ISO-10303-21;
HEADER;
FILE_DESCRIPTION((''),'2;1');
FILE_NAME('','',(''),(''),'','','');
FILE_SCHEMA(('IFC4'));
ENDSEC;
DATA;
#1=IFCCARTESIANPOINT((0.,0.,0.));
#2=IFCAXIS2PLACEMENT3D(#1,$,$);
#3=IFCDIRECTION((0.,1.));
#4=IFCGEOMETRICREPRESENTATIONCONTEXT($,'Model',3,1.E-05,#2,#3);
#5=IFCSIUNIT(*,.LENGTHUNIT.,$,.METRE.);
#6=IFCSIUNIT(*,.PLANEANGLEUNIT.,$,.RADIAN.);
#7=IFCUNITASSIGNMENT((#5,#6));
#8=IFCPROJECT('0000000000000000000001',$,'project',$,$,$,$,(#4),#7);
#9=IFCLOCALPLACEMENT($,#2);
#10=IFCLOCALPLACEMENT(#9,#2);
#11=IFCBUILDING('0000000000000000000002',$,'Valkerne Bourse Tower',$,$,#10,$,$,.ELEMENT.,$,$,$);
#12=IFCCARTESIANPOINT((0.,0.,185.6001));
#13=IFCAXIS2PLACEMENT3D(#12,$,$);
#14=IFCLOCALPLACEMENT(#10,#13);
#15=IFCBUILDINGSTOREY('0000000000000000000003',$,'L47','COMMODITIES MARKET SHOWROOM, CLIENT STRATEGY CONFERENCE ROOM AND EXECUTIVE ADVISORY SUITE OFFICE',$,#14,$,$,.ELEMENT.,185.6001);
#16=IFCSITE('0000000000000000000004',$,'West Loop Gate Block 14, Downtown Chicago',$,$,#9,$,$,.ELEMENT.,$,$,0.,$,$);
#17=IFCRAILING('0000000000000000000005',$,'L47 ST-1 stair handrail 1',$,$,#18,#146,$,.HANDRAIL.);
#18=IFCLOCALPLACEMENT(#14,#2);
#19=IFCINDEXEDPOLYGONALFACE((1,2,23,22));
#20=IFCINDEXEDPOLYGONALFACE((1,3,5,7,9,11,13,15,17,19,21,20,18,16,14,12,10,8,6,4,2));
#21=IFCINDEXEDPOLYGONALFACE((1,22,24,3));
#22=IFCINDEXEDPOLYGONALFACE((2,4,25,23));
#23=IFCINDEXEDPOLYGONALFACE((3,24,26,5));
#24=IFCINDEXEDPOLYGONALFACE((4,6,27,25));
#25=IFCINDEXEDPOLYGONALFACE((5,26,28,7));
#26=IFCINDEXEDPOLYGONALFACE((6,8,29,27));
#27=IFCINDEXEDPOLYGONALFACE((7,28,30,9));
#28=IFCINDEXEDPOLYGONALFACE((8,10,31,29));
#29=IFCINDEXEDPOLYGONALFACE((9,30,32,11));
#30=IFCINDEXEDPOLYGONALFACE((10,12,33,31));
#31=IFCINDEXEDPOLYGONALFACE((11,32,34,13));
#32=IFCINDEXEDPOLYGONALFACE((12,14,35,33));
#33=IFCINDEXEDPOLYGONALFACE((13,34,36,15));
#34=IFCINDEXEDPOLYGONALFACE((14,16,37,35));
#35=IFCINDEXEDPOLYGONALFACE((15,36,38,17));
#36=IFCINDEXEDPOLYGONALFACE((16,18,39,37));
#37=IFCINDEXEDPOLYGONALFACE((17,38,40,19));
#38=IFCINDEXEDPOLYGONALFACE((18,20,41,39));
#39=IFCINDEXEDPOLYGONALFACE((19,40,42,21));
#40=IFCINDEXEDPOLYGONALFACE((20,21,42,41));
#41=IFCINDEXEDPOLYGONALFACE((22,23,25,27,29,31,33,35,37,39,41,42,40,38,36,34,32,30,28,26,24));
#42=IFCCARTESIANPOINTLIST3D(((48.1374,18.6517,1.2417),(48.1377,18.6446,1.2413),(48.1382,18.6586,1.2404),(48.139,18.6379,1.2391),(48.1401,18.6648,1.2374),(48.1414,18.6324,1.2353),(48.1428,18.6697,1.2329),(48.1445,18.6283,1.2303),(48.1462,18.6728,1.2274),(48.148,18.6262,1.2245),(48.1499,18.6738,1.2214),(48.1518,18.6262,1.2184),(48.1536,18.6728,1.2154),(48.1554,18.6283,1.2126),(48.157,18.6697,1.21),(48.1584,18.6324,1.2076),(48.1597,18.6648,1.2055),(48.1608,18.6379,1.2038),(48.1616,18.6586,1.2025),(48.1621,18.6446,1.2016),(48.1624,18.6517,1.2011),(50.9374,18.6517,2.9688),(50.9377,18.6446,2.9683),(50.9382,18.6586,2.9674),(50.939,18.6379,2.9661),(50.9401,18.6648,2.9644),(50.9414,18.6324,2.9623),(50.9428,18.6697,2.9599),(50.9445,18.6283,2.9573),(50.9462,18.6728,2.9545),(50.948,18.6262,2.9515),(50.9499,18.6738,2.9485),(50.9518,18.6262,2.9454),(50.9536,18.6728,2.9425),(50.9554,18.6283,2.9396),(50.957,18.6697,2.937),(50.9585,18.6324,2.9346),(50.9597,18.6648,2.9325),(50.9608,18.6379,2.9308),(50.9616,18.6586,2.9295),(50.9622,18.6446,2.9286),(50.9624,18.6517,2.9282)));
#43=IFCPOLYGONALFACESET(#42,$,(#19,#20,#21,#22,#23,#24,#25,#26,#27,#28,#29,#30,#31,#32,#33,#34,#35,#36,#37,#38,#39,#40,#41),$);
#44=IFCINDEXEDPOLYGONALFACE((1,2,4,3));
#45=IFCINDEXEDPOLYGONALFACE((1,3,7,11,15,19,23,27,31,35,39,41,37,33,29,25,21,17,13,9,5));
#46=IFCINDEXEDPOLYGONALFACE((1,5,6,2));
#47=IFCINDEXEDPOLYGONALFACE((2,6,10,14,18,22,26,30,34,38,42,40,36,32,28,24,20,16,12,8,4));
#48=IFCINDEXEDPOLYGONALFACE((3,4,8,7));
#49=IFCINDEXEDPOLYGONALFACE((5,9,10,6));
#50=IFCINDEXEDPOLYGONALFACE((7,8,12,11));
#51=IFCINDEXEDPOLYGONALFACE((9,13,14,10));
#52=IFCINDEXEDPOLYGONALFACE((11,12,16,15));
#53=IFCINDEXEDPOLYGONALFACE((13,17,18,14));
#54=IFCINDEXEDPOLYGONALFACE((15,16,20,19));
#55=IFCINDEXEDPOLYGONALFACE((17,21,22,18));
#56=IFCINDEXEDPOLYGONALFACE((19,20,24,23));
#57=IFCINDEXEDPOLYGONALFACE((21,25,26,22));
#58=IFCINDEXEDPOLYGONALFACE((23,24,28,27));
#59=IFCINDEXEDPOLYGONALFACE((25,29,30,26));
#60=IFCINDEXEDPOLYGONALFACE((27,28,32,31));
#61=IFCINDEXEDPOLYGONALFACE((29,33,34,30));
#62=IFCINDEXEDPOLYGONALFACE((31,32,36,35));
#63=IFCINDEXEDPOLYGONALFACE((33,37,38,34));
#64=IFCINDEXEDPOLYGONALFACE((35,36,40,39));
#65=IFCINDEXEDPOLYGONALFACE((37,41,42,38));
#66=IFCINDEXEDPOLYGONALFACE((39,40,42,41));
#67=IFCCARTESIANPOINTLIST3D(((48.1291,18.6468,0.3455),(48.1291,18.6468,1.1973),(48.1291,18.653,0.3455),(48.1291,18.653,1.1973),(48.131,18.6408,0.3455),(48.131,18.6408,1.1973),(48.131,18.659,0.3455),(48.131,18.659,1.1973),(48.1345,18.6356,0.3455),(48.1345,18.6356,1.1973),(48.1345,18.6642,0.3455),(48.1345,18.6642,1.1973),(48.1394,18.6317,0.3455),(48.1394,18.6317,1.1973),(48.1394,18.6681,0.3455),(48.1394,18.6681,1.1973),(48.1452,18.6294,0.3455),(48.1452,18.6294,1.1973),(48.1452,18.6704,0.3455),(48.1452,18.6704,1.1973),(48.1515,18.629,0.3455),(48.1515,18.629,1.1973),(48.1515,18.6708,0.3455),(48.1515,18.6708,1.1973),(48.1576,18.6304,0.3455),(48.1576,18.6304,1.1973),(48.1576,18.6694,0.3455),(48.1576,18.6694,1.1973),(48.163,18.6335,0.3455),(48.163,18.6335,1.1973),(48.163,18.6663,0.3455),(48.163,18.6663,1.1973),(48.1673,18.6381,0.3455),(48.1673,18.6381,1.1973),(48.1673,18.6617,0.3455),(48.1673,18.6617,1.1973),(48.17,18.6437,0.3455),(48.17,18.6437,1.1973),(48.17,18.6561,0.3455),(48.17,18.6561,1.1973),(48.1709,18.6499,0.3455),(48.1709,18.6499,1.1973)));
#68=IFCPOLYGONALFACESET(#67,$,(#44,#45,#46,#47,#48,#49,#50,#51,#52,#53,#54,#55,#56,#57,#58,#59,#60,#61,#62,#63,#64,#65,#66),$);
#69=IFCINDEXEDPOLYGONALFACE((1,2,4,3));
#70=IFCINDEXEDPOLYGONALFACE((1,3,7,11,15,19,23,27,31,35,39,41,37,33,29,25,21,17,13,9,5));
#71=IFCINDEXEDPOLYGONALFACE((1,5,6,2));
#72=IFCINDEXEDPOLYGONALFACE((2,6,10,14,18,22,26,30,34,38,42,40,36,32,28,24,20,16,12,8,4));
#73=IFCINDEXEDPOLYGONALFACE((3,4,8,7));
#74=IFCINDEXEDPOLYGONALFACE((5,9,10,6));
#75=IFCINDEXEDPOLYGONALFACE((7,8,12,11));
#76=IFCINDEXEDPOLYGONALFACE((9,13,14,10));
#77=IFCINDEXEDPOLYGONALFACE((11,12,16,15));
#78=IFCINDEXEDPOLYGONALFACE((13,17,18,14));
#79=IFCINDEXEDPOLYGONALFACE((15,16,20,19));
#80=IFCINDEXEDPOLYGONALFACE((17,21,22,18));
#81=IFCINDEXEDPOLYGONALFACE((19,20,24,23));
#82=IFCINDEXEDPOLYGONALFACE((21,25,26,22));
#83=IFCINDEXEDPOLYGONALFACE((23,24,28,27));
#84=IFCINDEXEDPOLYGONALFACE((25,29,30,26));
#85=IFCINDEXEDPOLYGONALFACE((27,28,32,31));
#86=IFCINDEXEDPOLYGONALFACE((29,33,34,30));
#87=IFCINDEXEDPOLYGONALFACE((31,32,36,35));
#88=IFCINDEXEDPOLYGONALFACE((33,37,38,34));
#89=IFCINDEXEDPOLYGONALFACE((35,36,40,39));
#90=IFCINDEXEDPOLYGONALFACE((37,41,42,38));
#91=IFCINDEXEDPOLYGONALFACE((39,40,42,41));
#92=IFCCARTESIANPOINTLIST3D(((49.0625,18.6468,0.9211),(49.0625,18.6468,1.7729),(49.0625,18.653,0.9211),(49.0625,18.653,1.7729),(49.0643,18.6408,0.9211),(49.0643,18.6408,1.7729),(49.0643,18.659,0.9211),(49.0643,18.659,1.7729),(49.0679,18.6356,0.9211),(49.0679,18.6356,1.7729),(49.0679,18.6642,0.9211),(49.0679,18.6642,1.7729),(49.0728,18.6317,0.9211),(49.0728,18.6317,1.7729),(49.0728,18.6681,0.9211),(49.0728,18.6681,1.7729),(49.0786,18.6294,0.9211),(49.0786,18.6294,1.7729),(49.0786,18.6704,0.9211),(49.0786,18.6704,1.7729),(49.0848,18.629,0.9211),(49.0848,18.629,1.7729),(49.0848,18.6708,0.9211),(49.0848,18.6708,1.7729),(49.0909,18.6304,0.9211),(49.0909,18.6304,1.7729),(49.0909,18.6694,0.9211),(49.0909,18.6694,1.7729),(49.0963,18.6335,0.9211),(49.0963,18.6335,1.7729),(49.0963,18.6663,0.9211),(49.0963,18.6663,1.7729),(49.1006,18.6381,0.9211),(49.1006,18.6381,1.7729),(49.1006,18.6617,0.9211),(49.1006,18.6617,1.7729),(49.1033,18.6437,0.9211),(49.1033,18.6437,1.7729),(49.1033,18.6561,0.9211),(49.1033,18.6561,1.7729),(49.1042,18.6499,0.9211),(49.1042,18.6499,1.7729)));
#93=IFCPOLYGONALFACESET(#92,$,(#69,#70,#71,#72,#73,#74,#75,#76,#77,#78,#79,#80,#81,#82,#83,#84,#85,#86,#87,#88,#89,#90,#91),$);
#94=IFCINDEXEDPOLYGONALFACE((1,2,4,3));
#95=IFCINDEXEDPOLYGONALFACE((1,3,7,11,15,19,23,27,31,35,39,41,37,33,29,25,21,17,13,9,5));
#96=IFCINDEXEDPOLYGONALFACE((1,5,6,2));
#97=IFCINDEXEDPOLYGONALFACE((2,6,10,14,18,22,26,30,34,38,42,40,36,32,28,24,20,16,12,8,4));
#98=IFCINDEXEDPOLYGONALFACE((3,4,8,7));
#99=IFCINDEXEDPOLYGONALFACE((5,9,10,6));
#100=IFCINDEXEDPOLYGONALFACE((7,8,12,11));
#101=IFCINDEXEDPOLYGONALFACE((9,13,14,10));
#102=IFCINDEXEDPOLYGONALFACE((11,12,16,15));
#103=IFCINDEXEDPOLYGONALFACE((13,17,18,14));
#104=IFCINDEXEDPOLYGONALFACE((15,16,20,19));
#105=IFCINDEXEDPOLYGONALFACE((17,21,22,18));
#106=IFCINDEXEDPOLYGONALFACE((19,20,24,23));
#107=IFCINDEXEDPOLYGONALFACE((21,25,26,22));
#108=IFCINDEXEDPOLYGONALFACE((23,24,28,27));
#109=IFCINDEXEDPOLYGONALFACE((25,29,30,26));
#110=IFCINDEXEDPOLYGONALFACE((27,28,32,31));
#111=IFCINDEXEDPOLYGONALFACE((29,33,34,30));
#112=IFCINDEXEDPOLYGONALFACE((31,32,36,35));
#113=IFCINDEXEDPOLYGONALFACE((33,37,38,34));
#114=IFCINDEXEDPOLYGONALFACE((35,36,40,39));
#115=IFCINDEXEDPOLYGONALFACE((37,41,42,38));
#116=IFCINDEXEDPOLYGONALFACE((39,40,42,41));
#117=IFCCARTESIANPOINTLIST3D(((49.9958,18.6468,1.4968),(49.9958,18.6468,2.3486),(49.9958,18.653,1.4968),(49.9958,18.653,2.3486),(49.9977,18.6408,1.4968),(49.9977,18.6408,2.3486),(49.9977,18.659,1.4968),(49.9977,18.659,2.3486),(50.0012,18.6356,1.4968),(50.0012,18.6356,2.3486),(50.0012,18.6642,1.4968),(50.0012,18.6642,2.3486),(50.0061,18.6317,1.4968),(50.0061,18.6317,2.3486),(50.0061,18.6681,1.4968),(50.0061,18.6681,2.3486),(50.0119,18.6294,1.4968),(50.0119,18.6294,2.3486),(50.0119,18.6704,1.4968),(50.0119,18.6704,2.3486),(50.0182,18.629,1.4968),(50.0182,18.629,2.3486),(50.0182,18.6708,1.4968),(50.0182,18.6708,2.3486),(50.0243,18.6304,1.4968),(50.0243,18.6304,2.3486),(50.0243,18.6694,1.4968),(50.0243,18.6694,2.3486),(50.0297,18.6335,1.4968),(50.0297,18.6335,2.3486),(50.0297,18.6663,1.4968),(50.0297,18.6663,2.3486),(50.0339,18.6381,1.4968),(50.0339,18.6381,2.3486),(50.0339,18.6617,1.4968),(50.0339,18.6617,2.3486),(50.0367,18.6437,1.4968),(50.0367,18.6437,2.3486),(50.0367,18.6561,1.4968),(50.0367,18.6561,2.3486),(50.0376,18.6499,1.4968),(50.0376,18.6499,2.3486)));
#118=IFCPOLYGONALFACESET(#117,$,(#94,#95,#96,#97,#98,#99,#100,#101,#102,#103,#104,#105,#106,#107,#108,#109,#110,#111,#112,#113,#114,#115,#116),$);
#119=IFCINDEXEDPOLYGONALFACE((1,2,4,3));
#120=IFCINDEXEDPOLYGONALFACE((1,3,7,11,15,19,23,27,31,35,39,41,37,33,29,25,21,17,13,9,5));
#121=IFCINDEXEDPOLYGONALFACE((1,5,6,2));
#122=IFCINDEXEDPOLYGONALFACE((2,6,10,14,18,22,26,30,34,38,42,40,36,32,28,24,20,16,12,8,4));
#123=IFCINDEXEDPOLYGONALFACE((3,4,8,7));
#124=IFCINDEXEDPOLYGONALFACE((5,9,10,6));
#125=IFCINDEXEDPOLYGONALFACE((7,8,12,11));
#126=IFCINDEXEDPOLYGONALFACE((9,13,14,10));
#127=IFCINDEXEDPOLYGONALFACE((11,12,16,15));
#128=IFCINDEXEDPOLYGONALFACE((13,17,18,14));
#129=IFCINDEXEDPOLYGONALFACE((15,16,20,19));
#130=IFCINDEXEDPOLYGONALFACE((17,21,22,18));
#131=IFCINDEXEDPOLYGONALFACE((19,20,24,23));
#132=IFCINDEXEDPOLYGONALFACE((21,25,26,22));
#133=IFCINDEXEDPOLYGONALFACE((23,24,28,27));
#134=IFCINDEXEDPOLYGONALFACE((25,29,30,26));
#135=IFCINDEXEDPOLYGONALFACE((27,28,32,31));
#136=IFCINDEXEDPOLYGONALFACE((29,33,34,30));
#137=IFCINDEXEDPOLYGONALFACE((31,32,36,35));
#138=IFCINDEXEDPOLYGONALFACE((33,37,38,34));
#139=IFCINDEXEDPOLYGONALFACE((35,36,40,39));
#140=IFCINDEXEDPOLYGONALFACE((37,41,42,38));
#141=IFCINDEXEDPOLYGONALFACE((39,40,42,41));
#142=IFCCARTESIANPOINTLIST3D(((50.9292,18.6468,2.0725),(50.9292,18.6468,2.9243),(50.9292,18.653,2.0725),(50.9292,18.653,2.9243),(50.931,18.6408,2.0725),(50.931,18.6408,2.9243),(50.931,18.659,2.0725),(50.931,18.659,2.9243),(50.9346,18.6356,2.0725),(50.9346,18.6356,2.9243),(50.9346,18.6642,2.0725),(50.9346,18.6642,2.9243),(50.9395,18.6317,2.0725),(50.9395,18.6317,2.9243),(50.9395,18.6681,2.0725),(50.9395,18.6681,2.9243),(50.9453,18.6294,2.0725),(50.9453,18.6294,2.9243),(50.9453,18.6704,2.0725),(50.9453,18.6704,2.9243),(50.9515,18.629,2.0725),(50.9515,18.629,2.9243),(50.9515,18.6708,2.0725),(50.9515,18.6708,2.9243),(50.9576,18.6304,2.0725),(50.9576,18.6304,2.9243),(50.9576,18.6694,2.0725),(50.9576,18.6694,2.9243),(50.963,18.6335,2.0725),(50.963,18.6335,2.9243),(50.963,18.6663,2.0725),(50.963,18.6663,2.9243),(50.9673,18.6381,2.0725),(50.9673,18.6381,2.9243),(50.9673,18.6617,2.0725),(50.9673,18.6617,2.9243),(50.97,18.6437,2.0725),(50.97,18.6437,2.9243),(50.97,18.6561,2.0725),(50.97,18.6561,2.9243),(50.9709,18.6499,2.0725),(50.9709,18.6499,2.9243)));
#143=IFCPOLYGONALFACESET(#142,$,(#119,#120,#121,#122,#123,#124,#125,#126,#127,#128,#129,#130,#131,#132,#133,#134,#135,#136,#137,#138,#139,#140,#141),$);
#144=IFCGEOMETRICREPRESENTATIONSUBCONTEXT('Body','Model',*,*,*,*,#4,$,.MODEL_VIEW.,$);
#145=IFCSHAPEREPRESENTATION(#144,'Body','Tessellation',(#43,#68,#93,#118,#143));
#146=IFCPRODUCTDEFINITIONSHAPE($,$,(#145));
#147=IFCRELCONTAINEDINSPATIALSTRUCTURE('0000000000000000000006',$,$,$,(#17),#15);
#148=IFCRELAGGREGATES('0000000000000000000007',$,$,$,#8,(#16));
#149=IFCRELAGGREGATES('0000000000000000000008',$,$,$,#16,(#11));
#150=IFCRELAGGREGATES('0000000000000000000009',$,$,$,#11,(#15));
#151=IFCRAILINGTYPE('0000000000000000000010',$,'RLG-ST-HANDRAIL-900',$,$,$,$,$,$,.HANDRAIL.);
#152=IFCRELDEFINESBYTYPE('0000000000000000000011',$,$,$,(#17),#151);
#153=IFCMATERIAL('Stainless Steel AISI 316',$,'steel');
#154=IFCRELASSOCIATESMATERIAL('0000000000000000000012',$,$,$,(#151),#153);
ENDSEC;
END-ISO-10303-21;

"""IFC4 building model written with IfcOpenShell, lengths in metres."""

from ifc_helpers import new_model, si_unit, direction, frame, origin, origin_2d, place, context, subcontext, project, spatial, circle, extrude, material, type_object, element, save


model = new_model("IFC4")

# Units and contexts
model_context = context("Model", 3, precision=1e-05, world=origin(), true_north=direction((0.0, 1.0)))
body_context = subcontext(model_context, "Body", "Model", "MODEL_VIEW")
ifc_project = project(units=[si_unit("LENGTHUNIT", "METRE"), si_unit("PLANEANGLEUNIT", "RADIAN")], contexts=[model_context])

# Site, building, storey
site_placement = place(None, origin())
site = spatial("IfcSite", under=ifc_project, at=site_placement, Name="West Loop Gate Block 14, Downtown Chicago", CompositionType="ELEMENT", RefElevation=0.0)
building_placement = place(site_placement, origin())
building = spatial("IfcBuilding", under=site, at=building_placement, Name="Valkerne Bourse Tower", CompositionType="ELEMENT")
storey_placement = place(building_placement, frame((0.0, 0.0, 185.6001)))
storey = spatial("IfcBuildingStorey", under=building, at=storey_placement, Name="L47", Description="COMMODITIES MARKET SHOWROOM, CLIENT STRATEGY CONFERENCE ROOM AND EXECUTIVE ADVISORY SUITE OFFICE", CompositionType="ELEMENT", Elevation=185.6001)

# Shared definitions
ifc_material_1 = material(Name="Stainless Steel AISI 316", Category="steel")

# Railing
railing_type_1 = type_object("IfcRailingType", Name="RLG-ST-HANDRAIL-900", PredefinedType="HANDRAIL", material=ifc_material_1)
railing_1_placement = place(storey_placement, frame((48.1499, 18.6499, 0.3455)))
element("IfcRailing", 1, at=railing_1_placement, inside=storey, type_object=railing_type_1, Name="L47 ST-1 stair handrail 1", PredefinedType="HANDRAIL", context=body_context, shape_type="SweptSolid", body=[
    extrude(circle(Radius=0.0239, at=origin_2d()), frame((0.0, 0.0, 0.876), z_axis=(0.851123, 0.0, 0.524967), x_axis=(0.0, 1.0, 0.0)), (0.0, 0.0, 1.0), 3.2898),
    extrude(circle(Radius=0.021, at=origin_2d()), origin(), (0.0, 0.0, 1.0), 0.8518),
    extrude(circle(Radius=0.021, at=origin_2d()), frame((0.9333, 0.0, 0.5757)), (0.0, 0.0, 1.0), 0.8518),
    extrude(circle(Radius=0.021, at=origin_2d()), frame((1.8667, 0.0, 1.1514)), (0.0, 0.0, 1.0), 0.8518),
    extrude(circle(Radius=0.021, at=origin_2d()), frame((2.8, 0.0, 1.7271)), (0.0, 0.0, 1.0), 0.8518),
])

save(model, "model.ifc")
